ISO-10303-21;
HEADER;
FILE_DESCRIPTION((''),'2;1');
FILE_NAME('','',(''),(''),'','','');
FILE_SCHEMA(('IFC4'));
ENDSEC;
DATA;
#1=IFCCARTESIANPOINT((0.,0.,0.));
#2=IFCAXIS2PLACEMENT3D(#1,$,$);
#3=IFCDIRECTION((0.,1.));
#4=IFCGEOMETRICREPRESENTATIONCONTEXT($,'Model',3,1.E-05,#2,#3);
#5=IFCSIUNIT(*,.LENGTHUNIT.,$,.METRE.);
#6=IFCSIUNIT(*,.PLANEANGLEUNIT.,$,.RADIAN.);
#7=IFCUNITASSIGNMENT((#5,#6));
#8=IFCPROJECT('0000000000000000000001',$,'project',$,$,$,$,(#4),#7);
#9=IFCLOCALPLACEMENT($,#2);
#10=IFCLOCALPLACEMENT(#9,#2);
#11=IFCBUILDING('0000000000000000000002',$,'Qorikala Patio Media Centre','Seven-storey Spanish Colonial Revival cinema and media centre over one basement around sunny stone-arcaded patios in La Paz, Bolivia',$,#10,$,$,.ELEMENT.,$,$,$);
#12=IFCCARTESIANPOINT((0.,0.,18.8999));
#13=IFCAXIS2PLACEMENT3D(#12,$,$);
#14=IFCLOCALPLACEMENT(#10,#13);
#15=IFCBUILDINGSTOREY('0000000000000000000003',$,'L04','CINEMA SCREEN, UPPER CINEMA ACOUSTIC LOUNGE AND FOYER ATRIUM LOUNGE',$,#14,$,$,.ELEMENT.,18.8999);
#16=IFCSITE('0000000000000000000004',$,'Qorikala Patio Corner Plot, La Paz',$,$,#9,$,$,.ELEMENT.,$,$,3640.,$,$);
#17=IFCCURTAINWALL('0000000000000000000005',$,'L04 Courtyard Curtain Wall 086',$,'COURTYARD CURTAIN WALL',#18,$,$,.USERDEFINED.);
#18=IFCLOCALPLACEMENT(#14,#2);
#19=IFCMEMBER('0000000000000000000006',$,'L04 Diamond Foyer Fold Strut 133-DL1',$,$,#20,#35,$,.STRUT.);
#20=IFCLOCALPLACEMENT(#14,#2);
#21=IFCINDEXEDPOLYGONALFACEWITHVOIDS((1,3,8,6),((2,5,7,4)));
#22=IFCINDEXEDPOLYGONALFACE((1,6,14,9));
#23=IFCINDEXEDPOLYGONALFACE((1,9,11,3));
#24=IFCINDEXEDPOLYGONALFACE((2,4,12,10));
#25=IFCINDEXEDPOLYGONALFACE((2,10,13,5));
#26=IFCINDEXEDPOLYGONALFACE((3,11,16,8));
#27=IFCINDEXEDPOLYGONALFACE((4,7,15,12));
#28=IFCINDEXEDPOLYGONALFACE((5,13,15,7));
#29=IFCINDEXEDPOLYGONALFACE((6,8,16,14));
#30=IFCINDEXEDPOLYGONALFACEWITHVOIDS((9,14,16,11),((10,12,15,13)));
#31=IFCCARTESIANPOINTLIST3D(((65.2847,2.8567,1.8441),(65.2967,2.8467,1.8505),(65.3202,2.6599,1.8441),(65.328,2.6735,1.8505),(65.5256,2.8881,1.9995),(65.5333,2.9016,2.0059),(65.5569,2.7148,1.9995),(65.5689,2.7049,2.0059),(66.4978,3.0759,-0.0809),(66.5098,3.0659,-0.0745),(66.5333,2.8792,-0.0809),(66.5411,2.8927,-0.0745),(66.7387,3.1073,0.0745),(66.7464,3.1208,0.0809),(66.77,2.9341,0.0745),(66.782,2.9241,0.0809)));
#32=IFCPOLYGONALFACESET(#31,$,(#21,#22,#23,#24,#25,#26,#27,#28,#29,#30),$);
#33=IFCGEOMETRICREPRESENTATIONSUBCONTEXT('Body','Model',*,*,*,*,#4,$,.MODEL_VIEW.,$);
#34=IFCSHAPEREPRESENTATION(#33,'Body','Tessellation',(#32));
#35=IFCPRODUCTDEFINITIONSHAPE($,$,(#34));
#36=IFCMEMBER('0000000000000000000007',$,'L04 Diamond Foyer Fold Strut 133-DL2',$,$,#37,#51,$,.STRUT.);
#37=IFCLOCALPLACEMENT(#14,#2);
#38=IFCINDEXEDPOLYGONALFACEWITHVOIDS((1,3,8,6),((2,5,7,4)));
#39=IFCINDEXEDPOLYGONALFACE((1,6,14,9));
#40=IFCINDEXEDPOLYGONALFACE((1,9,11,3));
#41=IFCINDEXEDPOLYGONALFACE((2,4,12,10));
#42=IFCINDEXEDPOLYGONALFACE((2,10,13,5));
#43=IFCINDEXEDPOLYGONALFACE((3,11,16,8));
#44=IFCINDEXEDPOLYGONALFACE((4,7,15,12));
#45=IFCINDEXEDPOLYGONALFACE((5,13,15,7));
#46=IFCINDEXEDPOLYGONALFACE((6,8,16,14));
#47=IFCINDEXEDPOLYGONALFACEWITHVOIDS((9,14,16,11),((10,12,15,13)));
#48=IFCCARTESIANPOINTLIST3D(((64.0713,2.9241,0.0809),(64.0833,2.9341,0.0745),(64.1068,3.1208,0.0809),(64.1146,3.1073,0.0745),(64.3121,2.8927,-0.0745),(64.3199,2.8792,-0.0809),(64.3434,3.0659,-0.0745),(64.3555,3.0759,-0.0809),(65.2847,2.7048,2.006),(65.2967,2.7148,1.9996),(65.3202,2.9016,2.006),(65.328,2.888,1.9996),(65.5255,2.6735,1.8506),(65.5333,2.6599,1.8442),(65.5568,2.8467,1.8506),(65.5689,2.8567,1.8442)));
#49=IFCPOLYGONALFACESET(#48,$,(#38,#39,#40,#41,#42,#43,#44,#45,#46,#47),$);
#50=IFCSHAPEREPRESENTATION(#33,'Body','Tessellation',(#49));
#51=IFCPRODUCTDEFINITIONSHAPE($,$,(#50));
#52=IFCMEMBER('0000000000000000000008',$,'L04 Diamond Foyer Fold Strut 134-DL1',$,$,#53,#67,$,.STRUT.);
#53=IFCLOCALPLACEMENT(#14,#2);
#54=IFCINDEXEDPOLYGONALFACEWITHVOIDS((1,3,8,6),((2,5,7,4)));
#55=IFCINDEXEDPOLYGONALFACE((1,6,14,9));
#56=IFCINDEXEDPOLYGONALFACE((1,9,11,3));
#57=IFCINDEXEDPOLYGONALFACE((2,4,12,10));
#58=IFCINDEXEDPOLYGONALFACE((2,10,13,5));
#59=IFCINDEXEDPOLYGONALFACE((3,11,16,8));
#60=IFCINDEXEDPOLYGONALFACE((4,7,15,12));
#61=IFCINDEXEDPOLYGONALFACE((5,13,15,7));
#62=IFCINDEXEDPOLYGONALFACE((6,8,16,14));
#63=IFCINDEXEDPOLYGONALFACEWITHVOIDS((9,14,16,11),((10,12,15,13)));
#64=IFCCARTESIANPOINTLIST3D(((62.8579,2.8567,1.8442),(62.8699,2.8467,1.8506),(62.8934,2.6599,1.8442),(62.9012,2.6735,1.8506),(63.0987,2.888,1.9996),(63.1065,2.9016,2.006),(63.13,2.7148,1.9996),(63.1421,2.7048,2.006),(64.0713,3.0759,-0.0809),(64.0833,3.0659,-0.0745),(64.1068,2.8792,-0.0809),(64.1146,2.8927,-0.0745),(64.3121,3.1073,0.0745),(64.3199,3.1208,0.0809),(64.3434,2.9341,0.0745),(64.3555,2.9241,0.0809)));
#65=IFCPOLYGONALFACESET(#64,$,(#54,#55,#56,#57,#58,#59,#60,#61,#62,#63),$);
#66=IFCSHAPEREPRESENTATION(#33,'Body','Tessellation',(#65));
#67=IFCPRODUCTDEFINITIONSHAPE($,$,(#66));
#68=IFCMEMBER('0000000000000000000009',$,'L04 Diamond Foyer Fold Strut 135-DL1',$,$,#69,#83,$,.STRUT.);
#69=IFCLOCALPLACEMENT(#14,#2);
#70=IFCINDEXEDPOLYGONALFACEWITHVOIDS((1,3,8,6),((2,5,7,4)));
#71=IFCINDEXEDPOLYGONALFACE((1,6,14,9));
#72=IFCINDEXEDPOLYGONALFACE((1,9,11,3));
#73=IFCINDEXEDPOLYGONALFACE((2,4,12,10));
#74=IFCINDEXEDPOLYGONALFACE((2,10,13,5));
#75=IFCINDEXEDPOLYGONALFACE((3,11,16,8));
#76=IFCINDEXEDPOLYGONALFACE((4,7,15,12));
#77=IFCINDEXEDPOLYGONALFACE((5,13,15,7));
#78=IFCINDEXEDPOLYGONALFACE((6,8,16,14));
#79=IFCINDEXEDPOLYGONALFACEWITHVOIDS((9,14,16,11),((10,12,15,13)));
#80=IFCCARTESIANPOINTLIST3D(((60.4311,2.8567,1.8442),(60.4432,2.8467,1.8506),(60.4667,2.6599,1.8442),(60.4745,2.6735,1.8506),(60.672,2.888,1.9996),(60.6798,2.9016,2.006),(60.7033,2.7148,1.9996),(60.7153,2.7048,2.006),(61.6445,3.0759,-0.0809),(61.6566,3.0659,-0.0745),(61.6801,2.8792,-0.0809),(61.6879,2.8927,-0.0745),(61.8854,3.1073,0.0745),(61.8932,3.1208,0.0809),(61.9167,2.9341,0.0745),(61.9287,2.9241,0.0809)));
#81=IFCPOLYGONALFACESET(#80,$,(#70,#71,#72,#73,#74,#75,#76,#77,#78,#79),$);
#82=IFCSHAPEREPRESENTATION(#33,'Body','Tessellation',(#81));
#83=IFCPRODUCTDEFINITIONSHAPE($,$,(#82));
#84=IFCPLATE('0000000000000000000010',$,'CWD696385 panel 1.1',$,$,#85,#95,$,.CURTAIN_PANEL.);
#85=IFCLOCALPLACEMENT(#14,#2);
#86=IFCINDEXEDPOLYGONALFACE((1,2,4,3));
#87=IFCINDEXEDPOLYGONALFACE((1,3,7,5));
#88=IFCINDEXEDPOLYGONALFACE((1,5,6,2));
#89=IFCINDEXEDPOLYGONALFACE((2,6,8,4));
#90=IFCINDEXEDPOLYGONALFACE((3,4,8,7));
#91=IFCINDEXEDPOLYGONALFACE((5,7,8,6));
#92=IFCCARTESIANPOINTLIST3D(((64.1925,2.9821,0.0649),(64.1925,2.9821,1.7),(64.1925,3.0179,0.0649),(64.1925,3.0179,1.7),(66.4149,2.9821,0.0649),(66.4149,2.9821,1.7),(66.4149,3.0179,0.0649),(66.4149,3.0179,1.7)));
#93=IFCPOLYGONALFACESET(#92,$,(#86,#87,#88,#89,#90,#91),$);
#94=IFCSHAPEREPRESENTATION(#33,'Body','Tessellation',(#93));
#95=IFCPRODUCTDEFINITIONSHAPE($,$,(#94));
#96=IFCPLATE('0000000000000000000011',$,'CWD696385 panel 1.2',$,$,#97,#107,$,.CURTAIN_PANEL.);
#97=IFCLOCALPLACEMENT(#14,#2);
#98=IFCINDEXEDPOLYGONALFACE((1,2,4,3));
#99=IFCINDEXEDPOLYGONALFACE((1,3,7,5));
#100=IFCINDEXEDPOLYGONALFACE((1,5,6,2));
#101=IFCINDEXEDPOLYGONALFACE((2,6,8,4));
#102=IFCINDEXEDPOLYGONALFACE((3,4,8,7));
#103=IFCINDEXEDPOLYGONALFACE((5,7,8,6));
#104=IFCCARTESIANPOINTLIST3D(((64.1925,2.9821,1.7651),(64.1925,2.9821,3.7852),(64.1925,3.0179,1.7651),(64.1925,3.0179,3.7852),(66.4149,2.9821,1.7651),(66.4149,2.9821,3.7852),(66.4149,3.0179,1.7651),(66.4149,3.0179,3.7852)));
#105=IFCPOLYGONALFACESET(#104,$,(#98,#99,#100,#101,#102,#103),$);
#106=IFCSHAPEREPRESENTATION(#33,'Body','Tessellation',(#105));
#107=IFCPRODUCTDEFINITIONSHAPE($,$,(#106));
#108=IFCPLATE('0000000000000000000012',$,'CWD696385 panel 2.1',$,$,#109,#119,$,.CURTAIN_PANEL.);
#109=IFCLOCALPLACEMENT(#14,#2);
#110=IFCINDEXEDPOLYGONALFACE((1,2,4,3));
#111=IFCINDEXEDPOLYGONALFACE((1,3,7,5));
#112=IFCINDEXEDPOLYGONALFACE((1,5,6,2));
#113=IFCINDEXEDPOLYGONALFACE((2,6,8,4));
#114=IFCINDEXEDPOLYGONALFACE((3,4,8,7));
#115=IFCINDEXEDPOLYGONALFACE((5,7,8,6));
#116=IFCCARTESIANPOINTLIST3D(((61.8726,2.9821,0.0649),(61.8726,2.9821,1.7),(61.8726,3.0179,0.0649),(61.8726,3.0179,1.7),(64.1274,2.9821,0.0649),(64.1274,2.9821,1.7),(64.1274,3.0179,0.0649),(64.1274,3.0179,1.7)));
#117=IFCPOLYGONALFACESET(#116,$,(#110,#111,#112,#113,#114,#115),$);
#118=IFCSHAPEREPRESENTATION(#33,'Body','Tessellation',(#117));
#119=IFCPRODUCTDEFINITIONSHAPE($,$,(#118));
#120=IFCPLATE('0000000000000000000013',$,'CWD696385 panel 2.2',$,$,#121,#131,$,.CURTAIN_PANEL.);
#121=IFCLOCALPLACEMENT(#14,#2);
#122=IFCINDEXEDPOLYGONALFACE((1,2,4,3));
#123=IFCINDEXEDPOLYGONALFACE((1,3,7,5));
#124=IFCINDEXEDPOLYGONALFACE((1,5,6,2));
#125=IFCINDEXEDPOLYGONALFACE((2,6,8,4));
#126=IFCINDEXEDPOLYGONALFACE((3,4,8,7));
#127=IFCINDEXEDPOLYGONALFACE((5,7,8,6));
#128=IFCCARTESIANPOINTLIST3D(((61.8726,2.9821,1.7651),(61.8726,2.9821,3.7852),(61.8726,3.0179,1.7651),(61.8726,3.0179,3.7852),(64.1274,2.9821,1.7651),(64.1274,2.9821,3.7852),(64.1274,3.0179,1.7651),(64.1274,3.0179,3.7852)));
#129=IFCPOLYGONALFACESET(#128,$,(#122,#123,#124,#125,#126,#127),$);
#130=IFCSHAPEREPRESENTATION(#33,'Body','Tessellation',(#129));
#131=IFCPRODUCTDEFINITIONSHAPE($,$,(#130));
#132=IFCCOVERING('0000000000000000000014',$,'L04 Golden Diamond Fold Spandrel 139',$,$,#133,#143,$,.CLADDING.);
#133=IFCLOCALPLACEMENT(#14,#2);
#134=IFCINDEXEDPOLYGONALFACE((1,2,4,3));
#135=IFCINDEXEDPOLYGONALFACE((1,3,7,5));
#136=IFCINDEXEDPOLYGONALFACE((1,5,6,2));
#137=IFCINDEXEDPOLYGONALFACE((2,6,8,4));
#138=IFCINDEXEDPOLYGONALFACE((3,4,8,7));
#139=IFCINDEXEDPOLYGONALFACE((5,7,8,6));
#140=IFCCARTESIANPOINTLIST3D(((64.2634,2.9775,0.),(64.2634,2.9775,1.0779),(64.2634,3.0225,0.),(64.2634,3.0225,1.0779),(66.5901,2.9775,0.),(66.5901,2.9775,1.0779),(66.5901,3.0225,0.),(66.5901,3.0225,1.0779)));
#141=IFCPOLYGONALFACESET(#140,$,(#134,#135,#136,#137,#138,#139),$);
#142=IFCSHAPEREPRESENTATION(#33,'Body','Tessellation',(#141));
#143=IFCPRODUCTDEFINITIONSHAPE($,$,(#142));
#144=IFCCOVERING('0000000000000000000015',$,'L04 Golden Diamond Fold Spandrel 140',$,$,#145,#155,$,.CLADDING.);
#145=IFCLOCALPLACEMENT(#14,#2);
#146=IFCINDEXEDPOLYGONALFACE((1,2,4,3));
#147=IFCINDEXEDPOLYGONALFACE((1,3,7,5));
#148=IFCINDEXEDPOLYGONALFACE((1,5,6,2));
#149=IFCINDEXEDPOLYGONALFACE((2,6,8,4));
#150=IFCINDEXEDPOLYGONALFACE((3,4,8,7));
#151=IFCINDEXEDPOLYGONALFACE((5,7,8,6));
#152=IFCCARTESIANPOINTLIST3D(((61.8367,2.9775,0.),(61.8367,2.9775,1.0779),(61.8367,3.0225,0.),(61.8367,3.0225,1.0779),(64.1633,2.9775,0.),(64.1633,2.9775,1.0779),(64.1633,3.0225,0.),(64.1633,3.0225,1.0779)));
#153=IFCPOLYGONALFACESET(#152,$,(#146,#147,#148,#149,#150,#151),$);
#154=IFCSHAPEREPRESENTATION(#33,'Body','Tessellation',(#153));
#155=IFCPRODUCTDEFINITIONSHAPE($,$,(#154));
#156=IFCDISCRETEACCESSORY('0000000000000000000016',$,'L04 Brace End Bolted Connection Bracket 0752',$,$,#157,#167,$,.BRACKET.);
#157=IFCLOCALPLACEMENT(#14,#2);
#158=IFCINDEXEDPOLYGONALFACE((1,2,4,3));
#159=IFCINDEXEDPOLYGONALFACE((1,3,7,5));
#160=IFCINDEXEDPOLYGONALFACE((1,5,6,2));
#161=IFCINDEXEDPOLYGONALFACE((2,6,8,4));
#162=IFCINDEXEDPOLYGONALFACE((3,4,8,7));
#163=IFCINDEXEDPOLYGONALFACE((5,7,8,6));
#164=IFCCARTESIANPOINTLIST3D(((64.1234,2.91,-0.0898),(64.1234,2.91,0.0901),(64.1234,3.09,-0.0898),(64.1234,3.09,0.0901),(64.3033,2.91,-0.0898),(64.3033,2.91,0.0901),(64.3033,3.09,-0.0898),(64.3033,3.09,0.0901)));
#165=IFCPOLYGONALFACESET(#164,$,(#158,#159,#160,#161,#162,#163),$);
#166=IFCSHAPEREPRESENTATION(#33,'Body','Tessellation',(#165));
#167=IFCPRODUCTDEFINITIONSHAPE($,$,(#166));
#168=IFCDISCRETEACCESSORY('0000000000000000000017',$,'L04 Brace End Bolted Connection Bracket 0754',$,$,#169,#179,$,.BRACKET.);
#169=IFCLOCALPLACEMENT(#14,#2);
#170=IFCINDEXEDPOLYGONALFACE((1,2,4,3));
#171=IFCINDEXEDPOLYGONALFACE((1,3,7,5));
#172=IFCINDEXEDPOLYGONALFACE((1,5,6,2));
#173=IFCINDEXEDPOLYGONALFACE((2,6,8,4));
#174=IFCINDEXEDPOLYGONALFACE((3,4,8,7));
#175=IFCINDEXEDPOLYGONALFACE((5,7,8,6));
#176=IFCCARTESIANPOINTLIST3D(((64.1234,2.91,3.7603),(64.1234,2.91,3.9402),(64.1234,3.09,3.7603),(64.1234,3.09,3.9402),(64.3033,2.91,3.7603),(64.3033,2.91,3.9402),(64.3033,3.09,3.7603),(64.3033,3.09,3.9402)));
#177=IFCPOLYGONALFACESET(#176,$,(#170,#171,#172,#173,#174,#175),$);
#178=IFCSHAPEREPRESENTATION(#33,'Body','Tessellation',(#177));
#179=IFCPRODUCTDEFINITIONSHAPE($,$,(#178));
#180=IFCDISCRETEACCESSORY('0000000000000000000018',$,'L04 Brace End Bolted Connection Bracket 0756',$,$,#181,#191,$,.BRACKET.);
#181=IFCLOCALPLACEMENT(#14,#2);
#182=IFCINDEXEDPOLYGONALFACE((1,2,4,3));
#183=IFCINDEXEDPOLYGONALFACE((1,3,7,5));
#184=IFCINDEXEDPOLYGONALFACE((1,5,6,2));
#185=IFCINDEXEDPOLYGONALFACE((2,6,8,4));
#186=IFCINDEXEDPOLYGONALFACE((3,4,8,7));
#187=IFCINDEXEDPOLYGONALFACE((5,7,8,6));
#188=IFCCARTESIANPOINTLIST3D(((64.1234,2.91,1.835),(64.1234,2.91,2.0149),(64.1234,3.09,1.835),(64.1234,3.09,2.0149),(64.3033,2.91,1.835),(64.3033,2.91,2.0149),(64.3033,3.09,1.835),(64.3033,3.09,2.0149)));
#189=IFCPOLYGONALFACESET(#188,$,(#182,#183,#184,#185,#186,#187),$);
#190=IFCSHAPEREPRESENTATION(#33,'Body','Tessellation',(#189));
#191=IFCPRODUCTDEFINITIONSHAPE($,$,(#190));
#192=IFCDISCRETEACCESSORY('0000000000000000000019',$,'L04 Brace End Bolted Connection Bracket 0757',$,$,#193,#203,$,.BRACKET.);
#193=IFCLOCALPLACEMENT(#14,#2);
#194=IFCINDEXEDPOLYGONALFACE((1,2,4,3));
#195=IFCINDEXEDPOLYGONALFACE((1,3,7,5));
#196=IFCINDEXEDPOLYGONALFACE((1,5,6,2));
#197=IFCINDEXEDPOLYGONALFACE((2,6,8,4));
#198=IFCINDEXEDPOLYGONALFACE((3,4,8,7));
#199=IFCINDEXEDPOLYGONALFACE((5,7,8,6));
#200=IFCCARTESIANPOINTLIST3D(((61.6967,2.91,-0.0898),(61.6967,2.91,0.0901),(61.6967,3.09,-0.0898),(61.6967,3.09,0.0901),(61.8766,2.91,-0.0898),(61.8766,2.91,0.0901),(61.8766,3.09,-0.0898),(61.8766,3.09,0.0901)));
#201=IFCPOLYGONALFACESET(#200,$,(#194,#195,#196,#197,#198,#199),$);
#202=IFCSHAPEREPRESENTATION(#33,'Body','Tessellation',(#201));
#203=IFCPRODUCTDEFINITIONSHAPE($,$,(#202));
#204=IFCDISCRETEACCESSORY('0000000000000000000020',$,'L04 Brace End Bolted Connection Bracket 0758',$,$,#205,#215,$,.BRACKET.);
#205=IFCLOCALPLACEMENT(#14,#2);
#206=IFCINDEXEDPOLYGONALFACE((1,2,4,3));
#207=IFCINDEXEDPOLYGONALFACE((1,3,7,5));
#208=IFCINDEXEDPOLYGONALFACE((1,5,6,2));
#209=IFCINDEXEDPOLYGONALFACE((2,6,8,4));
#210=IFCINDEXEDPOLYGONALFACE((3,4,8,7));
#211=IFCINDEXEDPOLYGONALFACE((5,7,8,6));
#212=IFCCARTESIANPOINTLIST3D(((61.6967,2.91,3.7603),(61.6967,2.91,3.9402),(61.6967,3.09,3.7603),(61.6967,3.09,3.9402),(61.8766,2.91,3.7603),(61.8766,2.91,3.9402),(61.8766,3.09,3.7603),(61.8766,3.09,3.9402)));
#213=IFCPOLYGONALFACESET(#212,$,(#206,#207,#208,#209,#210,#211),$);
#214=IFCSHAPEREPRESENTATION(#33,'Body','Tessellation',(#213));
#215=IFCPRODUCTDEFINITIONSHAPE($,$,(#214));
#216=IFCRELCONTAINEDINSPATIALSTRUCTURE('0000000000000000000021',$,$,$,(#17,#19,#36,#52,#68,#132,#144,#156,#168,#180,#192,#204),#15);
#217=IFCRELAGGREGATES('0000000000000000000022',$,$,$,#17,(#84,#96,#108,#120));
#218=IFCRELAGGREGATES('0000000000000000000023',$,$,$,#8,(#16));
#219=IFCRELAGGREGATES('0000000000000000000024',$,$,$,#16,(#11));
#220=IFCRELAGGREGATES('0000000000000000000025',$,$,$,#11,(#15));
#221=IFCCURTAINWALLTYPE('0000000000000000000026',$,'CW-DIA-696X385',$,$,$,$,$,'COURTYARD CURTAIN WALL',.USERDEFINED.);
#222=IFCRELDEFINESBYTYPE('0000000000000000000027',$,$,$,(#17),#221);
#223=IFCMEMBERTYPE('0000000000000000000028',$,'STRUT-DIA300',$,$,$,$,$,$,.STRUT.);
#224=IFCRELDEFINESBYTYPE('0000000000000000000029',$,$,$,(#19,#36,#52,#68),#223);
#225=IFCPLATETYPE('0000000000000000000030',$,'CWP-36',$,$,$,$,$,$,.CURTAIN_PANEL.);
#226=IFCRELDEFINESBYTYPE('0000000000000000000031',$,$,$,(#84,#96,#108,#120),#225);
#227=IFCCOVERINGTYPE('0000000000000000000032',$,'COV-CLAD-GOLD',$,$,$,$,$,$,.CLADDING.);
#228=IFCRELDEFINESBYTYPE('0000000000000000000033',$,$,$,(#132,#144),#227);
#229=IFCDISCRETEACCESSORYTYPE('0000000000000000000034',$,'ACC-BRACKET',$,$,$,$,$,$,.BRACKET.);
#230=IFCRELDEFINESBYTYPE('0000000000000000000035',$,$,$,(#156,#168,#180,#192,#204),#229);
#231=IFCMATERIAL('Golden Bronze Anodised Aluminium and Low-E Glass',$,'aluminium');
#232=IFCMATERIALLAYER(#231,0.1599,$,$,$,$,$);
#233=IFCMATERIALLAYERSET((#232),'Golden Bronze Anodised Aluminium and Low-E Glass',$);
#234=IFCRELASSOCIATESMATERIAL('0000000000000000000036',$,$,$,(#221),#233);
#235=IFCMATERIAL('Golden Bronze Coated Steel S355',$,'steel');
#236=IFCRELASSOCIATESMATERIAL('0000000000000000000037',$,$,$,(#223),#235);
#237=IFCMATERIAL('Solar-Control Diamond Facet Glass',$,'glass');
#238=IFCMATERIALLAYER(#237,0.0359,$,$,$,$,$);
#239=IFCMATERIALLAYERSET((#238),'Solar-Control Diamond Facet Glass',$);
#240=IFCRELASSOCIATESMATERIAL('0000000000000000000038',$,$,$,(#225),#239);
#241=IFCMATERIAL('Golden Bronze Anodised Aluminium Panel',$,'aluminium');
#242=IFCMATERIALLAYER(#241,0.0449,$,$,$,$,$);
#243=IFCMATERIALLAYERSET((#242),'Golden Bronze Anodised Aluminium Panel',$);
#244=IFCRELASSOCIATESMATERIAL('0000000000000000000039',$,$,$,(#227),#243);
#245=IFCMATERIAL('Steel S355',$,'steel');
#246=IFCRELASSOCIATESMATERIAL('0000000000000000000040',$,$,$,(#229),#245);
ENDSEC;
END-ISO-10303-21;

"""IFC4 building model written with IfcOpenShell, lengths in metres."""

from ifc_helpers import new_model, si_unit, direction, frame, origin, origin_2d, place, context, subcontext, project, spatial, rectangle, hollow_rectangle, extrude, material, layer, layer_set, material_profile, profile_set, type_object, element, aggregate, save


model = new_model("IFC4")

# Units and contexts
model_context = context("Model", 3, precision=1e-05, world=origin(), true_north=direction((0.0, 1.0)))
body_context = subcontext(model_context, "Body", "Model", "MODEL_VIEW")
ifc_project = project(units=[si_unit("LENGTHUNIT", "METRE"), si_unit("PLANEANGLEUNIT", "RADIAN")], contexts=[model_context])

# Site, building, storey
site_placement = place(None, origin())
site = spatial("IfcSite", under=ifc_project, at=site_placement, Name="Qorikala Patio Corner Plot, La Paz", CompositionType="ELEMENT", RefElevation=3640.0)
building_placement = place(site_placement, origin())
building = spatial("IfcBuilding", under=site, at=building_placement, Name="Qorikala Patio Media Centre", Description="Seven-storey Spanish Colonial Revival cinema and media centre over one basement around sunny stone-arcaded patios in La Paz, Bolivia", CompositionType="ELEMENT")
storey_placement = place(building_placement, frame((0.0, 0.0, 18.8999)))
storey = spatial("IfcBuildingStorey", under=building, at=storey_placement, Name="L04", Description="CINEMA SCREEN, UPPER CINEMA ACOUSTIC LOUNGE AND FOYER ATRIUM LOUNGE", CompositionType="ELEMENT", Elevation=18.8999)

# Shared definitions
ifc_material_1 = material(Name="Golden Bronze Coated Steel S355", Category="steel")

# Curtain wall
ifc_material_2 = material(Name="Golden Bronze Anodised Aluminium and Low-E Glass", Category="aluminium")
ifc_layer_1 = layer(ifc_material_2, 0.1599)
ifc_layer_set_1 = layer_set([ifc_layer_1], Name="Golden Bronze Anodised Aluminium and Low-E Glass")
curtain_wall_type = type_object("IfcCurtainWallType", Name="CW-DIA-696X385", ElementType="COURTYARD CURTAIN WALL", PredefinedType="USERDEFINED", material=ifc_layer_set_1)
curtain_wall_placement = place(storey_placement, origin())
curtain_wall = element("IfcCurtainWall", 1, at=curtain_wall_placement, inside=storey, type_object=curtain_wall_type, Name="L04 Courtyard Curtain Wall 086", ObjectType="COURTYARD CURTAIN WALL", PredefinedType="USERDEFINED")

# Members
ifc_material_profile_1 = material_profile(ifc_material_1, hollow_rectangle(XDim=0.2, YDim=0.3, WallThickness=0.012, at=origin_2d()), Name="HSS300X200X12")
ifc_profile_set_1 = profile_set([ifc_material_profile_1], Name="Golden Bronze Coated Steel S355")
member_type_1 = type_object("IfcMemberType", Name="STRUT-DIA300", PredefinedType="STRUT", material=ifc_profile_set_1)
member_1_placement = place(storey_placement, frame((66.6399, 3.0, 0.0), z_axis=(-0.530691, -0.095907, 0.842121), x_axis=(0.17784, -0.984059, 0.0)))
element("IfcMember", 2, at=member_1_placement, inside=storey, type_object=member_type_1, Name="L04 Diamond Foyer Fold Strut 133-DL1", PredefinedType="STRUT", context=body_context, shape_type="SweptSolid", body=[
    extrude(hollow_rectangle(XDim=0.2, YDim=0.3, WallThickness=0.012, at=origin_2d()), origin(), (0.0, 0.0, 1.0), 2.2859),
])
for number, where, z_axis, x_axis, name in (
    (3, (64.2134, 3.0, 0.0), (0.530768, -0.095901, 0.842074), (0.177805, 0.984066, 0.0), "L04 Diamond Foyer Fold Strut 133-DL2"),
    (4, (64.2134, 3.0, 0.0), (-0.530768, -0.095901, 0.842074), (0.177805, -0.984066, 0.0), "L04 Diamond Foyer Fold Strut 134-DL1"),
    (5, (61.7866, 3.0, 0.0), (-0.530768, -0.095901, 0.842074), (0.177805, -0.984066, 0.0), "L04 Diamond Foyer Fold Strut 135-DL1"),
):
    element("IfcMember", number, at=place(storey_placement, frame(where, z_axis=z_axis, x_axis=x_axis)), inside=storey, type_object=member_type_1, Name=name, PredefinedType="STRUT", context=body_context, shape_type="SweptSolid", body=[
        extrude(hollow_rectangle(XDim=0.2, YDim=0.3, WallThickness=0.012, at=origin_2d()), origin(), (0.0, 0.0, 1.0), 2.2861),
    ])

# Plates
ifc_material_3 = material(Name="Solar-Control Diamond Facet Glass", Category="glass")
ifc_layer_2 = layer(ifc_material_3, 0.0359)
ifc_layer_set_2 = layer_set([ifc_layer_2], Name="Solar-Control Diamond Facet Glass")
plate_type = type_object("IfcPlateType", Name="CWP-36", PredefinedType="CURTAIN_PANEL", material=ifc_layer_set_2)
plate_1_placement = place(storey_placement, frame((65.3037, 3.0, 0.0649), z_axis=(0.0, 0.0, 1.0), x_axis=(-1.0, 0.0, 0.0)))
plate_1 = element("IfcPlate", 6, at=plate_1_placement, type_object=plate_type, Name="CWD696385 panel 1.1", PredefinedType="CURTAIN_PANEL", context=body_context, shape_type="SweptSolid", body=[
    extrude(rectangle(XDim=2.2224, YDim=0.0359, at=origin_2d()), origin(), (0.0, 0.0, 1.0), 1.635),
])
plate_2_placement = place(storey_placement, frame((65.3037, 3.0, 1.7651), z_axis=(0.0, 0.0, 1.0), x_axis=(-1.0, 0.0, 0.0)))
plate_2 = element("IfcPlate", 7, at=plate_2_placement, type_object=plate_type, Name="CWD696385 panel 1.2", PredefinedType="CURTAIN_PANEL", context=body_context, shape_type="SweptSolid", body=[
    extrude(rectangle(XDim=2.2224, YDim=0.0359, at=origin_2d()), origin(), (0.0, 0.0, 1.0), 2.02),
])
plate_3_placement = place(storey_placement, frame((63.0, 3.0, 0.0649), z_axis=(0.0, 0.0, 1.0), x_axis=(-1.0, 0.0, 0.0)))
plate_3 = element("IfcPlate", 8, at=plate_3_placement, type_object=plate_type, Name="CWD696385 panel 2.1", PredefinedType="CURTAIN_PANEL", context=body_context, shape_type="SweptSolid", body=[
    extrude(rectangle(XDim=2.2549, YDim=0.0359, at=origin_2d()), origin(), (0.0, 0.0, 1.0), 1.635),
])
plate_4_placement = place(storey_placement, frame((63.0, 3.0, 1.7651), z_axis=(0.0, 0.0, 1.0), x_axis=(-1.0, 0.0, 0.0)))
plate_4 = element("IfcPlate", 9, at=plate_4_placement, type_object=plate_type, Name="CWD696385 panel 2.2", PredefinedType="CURTAIN_PANEL", context=body_context, shape_type="SweptSolid", body=[
    extrude(rectangle(XDim=2.2549, YDim=0.0359, at=origin_2d()), origin(), (0.0, 0.0, 1.0), 2.02),
])
aggregate(curtain_wall, [plate_1, plate_2, plate_3, plate_4])

# Coverings
ifc_material_4 = material(Name="Golden Bronze Anodised Aluminium Panel", Category="aluminium")
ifc_layer_3 = layer(ifc_material_4, 0.0449)
ifc_layer_set_3 = layer_set([ifc_layer_3], Name="Golden Bronze Anodised Aluminium Panel")
covering_type = type_object("IfcCoveringType", Name="COV-CLAD-GOLD", PredefinedType="CLADDING", material=ifc_layer_set_3)
for number, where, z_axis, x_axis, name in (
    (10, (65.4268, 3.0, 0.0), (0.0, 0.0, 1.0), (-1.0, 0.0, 0.0), "L04 Golden Diamond Fold Spandrel 139"),
    (11, (63.0, 3.0, 0.0), (0.0, 0.0, 1.0), (-1.0, 0.0, 0.0), "L04 Golden Diamond Fold Spandrel 140"),
):
    element("IfcCovering", number, at=place(storey_placement, frame(where, z_axis=z_axis, x_axis=x_axis)), inside=storey, type_object=covering_type, Name=name, PredefinedType="CLADDING", context=body_context, shape_type="SweptSolid", body=[
        extrude(rectangle(XDim=2.3267, YDim=0.0449, at=origin_2d()), origin(), (0.0, 0.0, 1.0), 1.0779),
    ])

# Discrete accessories
ifc_material_5 = material(Name="Steel S355", Category="steel")
discrete_accessory_type = type_object("IfcDiscreteAccessoryType", Name="ACC-BRACKET", PredefinedType="BRACKET", material=ifc_material_5)
for number, where, z_axis, x_axis, name in (
    (12, (64.2134, 3.0, -0.0898), (0.0, 0.0, 1.0), (1.0, 0.0, 0.0), "L04 Brace End Bolted Connection Bracket 0752"),
    (13, (64.2134, 3.0, 3.7603), (0.0, 0.0, 1.0), (1.0, 0.0, 0.0), "L04 Brace End Bolted Connection Bracket 0754"),
    (14, (64.2134, 3.0, 1.835), (0.0, 0.0, 1.0), (1.0, 0.0, 0.0), "L04 Brace End Bolted Connection Bracket 0756"),
    (15, (61.7866, 3.0, -0.0898), (0.0, 0.0, 1.0), (1.0, 0.0, 0.0), "L04 Brace End Bolted Connection Bracket 0757"),
    (16, (61.7866, 3.0, 3.7603), (0.0, 0.0, 1.0), (1.0, 0.0, 0.0), "L04 Brace End Bolted Connection Bracket 0758"),
):
    element("IfcDiscreteAccessory", number, at=place(storey_placement, frame(where, z_axis=z_axis, x_axis=x_axis)), inside=storey, type_object=discrete_accessory_type, Name=name, PredefinedType="BRACKET", context=body_context, shape_type="SweptSolid", body=[
        extrude(rectangle(XDim=0.1799, YDim=0.1799, at=origin_2d()), origin(), (0.0, 0.0, 1.0), 0.1799),
    ])

save(model, "model.ifc")
